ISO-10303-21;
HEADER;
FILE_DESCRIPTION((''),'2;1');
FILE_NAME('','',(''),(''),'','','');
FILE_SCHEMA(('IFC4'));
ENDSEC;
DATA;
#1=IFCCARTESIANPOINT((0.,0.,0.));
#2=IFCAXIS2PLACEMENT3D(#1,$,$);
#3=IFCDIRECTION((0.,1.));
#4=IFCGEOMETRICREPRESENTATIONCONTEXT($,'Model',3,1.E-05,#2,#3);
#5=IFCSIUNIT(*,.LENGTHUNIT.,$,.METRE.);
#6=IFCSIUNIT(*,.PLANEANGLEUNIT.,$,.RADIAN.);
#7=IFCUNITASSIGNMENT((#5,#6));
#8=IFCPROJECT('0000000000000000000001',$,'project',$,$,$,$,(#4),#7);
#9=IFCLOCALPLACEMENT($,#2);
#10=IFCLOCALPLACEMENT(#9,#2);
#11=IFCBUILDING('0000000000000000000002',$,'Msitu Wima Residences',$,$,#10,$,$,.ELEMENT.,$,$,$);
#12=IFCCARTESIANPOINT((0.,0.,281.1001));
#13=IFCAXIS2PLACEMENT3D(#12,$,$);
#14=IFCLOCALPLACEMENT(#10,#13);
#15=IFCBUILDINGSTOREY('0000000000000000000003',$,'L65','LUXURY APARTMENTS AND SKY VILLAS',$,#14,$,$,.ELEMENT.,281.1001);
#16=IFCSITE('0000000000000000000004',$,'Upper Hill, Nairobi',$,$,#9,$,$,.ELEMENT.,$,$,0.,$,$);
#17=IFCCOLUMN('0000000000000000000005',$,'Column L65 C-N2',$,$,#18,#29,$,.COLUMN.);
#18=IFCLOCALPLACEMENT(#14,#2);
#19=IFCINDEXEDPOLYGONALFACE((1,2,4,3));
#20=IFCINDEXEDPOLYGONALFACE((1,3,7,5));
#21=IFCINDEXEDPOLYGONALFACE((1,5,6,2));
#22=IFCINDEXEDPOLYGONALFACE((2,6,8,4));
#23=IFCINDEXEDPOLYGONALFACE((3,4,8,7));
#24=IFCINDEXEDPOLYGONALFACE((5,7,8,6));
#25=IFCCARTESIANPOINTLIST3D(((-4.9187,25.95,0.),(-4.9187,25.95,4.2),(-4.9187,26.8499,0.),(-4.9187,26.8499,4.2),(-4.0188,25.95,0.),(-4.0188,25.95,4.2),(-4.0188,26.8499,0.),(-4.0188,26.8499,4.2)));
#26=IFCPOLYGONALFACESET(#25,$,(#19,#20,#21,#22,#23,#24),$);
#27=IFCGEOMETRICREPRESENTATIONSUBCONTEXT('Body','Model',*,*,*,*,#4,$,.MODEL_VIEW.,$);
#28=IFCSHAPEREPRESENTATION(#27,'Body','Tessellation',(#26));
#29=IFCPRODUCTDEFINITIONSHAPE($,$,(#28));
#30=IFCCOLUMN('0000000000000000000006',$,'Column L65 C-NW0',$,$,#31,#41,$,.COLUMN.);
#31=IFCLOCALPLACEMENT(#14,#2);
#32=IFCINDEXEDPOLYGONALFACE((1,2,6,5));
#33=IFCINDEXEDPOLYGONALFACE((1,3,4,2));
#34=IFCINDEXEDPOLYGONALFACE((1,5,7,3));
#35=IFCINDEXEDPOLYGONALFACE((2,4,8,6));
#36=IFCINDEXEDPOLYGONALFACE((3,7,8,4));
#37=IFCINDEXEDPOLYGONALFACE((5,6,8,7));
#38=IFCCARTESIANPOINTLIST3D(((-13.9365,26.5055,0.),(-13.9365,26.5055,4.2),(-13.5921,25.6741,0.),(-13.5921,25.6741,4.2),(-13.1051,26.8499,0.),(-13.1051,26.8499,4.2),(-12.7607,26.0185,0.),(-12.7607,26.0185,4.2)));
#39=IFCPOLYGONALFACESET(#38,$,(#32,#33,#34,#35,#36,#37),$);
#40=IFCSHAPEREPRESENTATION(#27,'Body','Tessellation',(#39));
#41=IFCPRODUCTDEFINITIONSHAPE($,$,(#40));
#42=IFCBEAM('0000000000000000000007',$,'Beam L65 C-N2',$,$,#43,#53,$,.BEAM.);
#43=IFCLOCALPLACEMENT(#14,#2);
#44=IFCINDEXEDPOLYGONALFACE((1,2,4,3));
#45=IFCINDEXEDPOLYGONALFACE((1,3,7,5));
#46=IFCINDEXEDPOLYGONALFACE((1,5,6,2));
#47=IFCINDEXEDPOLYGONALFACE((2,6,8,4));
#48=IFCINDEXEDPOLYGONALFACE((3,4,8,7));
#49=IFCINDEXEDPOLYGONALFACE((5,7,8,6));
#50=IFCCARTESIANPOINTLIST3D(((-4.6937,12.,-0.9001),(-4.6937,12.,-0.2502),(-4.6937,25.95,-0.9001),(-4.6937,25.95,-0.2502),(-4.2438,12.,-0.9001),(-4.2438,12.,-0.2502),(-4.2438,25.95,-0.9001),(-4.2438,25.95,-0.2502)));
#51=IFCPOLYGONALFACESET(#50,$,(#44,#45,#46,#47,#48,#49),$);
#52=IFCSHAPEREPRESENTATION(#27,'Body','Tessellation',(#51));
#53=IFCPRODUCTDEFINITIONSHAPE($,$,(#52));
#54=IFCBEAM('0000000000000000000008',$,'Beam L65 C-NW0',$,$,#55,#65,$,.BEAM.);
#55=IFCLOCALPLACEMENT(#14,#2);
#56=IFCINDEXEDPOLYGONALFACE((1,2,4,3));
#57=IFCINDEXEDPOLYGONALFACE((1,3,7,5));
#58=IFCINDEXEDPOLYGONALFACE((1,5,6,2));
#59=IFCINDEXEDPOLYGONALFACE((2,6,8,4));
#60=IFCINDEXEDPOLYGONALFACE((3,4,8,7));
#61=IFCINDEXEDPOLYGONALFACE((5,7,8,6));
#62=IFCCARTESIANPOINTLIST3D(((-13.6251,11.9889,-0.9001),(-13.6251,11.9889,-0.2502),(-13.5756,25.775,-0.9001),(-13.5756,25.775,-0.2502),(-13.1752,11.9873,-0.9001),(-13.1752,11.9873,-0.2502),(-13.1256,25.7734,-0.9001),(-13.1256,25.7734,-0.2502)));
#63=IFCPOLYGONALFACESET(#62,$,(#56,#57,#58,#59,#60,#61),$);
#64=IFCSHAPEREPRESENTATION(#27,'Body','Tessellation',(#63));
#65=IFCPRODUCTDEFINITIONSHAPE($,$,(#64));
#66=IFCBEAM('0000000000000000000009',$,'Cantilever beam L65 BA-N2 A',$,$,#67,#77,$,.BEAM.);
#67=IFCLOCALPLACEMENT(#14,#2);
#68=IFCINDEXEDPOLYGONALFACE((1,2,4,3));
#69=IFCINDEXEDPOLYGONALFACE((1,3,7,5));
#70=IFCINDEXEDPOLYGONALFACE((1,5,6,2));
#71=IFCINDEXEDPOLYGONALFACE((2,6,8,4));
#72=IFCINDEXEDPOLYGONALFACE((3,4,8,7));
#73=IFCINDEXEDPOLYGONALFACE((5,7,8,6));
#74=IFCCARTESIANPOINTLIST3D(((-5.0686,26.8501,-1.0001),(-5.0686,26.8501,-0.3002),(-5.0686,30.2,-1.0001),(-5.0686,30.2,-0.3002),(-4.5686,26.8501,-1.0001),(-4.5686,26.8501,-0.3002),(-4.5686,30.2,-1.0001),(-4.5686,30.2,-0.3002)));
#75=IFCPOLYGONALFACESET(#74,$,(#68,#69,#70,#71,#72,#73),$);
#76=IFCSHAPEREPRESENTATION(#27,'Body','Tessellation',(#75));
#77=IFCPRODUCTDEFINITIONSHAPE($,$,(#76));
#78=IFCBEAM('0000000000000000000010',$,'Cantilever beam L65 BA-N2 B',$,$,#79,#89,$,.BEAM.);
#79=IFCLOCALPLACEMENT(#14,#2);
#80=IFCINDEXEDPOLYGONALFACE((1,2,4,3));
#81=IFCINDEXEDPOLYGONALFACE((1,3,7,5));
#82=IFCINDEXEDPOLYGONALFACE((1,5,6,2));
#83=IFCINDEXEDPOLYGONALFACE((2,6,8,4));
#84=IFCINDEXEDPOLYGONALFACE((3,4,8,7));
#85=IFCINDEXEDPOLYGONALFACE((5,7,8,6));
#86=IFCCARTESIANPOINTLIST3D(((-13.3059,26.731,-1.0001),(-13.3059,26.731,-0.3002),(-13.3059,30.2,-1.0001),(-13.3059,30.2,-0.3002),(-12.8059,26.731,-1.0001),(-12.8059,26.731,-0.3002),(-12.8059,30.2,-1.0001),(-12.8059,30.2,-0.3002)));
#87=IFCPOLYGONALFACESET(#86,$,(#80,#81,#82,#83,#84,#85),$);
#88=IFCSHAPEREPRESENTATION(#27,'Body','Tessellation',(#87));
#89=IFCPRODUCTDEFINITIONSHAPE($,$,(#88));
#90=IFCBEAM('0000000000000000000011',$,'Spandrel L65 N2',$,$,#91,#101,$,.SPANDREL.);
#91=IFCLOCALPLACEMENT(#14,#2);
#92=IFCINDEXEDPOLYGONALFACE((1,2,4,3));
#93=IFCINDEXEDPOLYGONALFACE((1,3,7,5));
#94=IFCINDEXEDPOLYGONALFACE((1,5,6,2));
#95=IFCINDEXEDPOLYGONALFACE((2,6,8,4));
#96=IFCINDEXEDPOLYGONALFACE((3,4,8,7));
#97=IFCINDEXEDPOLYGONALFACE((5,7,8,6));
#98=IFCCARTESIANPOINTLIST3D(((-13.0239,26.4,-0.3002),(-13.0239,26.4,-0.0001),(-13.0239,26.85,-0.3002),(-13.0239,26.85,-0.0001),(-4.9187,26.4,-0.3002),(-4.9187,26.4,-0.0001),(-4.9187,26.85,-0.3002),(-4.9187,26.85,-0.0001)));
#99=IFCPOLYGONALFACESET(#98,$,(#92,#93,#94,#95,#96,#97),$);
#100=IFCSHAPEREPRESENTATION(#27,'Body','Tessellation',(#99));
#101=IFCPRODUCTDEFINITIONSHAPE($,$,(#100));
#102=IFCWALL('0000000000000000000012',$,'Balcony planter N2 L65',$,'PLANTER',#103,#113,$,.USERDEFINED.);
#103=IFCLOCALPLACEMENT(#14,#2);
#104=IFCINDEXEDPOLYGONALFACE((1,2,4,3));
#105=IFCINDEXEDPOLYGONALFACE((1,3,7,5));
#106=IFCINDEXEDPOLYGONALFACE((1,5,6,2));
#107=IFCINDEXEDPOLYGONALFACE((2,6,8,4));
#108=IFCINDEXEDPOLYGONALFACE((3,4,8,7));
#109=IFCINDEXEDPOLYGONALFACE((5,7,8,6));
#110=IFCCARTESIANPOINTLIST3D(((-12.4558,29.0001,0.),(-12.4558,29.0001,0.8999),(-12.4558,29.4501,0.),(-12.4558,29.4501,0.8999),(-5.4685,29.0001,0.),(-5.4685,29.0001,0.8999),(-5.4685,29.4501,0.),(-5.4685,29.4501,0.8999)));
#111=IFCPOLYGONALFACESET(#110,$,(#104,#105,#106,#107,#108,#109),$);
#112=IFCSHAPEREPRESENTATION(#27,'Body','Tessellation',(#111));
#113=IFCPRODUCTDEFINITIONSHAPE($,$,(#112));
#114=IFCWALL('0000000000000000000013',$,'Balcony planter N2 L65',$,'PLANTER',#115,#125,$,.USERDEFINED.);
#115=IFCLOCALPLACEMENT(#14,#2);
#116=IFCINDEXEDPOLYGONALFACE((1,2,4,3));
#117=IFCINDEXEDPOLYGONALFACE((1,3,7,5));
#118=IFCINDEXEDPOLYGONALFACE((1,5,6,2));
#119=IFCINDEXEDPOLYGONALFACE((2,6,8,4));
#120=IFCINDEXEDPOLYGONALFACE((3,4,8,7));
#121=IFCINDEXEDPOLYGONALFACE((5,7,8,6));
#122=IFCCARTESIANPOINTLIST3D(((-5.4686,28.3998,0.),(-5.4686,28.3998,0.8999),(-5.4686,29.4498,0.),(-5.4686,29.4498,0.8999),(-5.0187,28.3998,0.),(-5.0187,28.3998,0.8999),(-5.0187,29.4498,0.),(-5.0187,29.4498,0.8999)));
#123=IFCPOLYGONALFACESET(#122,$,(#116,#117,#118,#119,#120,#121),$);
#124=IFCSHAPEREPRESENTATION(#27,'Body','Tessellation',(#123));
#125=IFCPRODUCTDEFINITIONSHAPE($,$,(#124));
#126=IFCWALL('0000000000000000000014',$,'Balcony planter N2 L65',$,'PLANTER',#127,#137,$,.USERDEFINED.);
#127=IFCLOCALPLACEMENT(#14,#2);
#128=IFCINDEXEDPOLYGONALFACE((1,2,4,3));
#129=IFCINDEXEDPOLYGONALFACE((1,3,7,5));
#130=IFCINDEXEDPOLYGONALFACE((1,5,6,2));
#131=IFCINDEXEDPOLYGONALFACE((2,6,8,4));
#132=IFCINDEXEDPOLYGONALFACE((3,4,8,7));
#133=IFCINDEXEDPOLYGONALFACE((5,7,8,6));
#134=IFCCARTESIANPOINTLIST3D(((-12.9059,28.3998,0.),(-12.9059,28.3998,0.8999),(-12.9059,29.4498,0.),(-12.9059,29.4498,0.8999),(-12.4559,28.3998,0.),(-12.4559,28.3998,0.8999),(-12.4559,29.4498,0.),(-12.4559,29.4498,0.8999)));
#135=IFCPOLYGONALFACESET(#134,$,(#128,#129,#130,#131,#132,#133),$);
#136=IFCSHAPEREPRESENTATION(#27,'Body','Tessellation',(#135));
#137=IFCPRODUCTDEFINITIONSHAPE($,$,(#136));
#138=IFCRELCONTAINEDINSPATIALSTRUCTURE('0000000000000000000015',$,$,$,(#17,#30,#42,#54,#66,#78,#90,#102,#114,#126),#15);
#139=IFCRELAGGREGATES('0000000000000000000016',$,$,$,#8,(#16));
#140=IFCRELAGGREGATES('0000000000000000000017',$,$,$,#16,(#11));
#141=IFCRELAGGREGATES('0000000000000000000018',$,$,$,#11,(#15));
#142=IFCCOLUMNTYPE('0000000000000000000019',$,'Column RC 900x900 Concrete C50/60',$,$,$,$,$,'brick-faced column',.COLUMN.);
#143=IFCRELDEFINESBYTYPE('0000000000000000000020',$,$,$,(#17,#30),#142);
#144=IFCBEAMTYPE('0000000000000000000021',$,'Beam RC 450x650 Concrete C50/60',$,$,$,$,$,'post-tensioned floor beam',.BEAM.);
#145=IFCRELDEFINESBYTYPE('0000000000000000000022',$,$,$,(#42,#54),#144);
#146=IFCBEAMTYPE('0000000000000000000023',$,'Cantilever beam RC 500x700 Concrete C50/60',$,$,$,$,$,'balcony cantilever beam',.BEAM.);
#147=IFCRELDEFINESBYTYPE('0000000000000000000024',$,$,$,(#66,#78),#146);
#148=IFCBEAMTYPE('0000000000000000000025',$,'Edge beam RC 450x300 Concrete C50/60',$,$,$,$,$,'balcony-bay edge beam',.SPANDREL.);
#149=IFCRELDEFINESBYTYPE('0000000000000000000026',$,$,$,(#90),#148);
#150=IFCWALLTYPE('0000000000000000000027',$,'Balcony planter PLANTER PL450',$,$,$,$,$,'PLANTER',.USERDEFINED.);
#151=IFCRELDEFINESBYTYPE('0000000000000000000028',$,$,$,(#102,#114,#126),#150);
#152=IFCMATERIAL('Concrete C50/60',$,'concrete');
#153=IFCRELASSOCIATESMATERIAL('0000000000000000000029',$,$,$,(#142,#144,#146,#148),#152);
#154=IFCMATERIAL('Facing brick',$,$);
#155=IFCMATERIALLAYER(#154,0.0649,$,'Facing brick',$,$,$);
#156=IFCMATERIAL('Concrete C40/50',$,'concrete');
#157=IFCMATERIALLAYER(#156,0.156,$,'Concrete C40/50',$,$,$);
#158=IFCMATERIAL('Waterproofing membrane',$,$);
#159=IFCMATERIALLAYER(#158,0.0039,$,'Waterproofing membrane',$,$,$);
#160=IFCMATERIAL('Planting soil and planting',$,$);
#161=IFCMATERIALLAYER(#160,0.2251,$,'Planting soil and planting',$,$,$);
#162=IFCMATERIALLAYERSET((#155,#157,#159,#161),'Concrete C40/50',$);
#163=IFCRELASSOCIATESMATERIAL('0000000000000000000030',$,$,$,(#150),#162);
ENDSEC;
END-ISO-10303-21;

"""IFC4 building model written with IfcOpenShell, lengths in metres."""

from ifc_helpers import new_model, si_unit, direction, frame, frame_2d, origin, origin_2d, place, context, subcontext, project, spatial, rectangle, extrude, material, layer, layer_set, material_profile, profile_set, type_object, element, save


model = new_model("IFC4")

# Units and contexts
model_context = context("Model", 3, precision=1e-05, world=origin(), true_north=direction((0.0, 1.0)))
body_context = subcontext(model_context, "Body", "Model", "MODEL_VIEW")
ifc_project = project(units=[si_unit("LENGTHUNIT", "METRE"), si_unit("PLANEANGLEUNIT", "RADIAN")], contexts=[model_context])

# Site, building, storey
site_placement = place(None, origin())
site = spatial("IfcSite", under=ifc_project, at=site_placement, Name="Upper Hill, Nairobi", CompositionType="ELEMENT", RefElevation=0.0)
building_placement = place(site_placement, origin())
building = spatial("IfcBuilding", under=site, at=building_placement, Name="Msitu Wima Residences", CompositionType="ELEMENT")
storey_placement = place(building_placement, frame((0.0, 0.0, 281.1001)))
storey = spatial("IfcBuildingStorey", under=building, at=storey_placement, Name="L65", Description="LUXURY APARTMENTS AND SKY VILLAS", CompositionType="ELEMENT", Elevation=281.1001)

# Columns
ifc_material_1 = material(Name="Concrete C50/60", Category="concrete")
ifc_material_profile_1 = material_profile(ifc_material_1, rectangle(XDim=0.8999, YDim=0.8999, at=origin_2d()), Name="RC 900x900")
ifc_profile_set_1 = profile_set([ifc_material_profile_1], Name="Concrete C50/60")
column_type = type_object("IfcColumnType", Name="Column RC 900x900 Concrete C50/60", ElementType="brick-faced column", PredefinedType="COLUMN", material=ifc_profile_set_1)
for number, where, z_axis, x_axis, name in (
    (1, (-4.4688, 26.3999, 0.0), (0.0, 0.0, 1.0), (-1.0, 0.0, 0.0), "Column L65 C-N2"),
    (2, (-13.3486, 26.262, 0.0), (0.0, 0.0, 1.0), (-0.92388, -0.382683, 0.0), "Column L65 C-NW0"),
):
    element("IfcColumn", number, at=place(storey_placement, frame(where, z_axis=z_axis, x_axis=x_axis)), inside=storey, type_object=column_type, Name=name, PredefinedType="COLUMN", context=body_context, shape_type="SweptSolid", body=[
        extrude(rectangle(XDim=0.8999, YDim=0.8999, at=origin_2d()), origin(), (0.0, 0.0, 1.0), 4.2),
    ])

# Beams
ifc_material_profile_2 = material_profile(ifc_material_1, rectangle(XDim=0.45, YDim=0.6499, at=origin_2d()), Name="RC 450x650")
ifc_profile_set_2 = profile_set([ifc_material_profile_2], Name="Concrete C50/60")
beam_type_1 = type_object("IfcBeamType", Name="Beam RC 450x650 Concrete C50/60", ElementType="post-tensioned floor beam", PredefinedType="BEAM", material=ifc_profile_set_2)
beam_1_placement = place(storey_placement, frame((-4.4688, 25.95, -0.5752), z_axis=(0.0, -1.0, 0.0), x_axis=(1.0, 0.0, 0.0)))
element("IfcBeam", 3, at=beam_1_placement, inside=storey, type_object=beam_type_1, Name="Beam L65 C-N2", PredefinedType="BEAM", context=body_context, shape_type="SweptSolid", body=[
    extrude(rectangle(XDim=0.45, YDim=0.6499, at=origin_2d()), origin(), (0.0, 0.0, 1.0), 13.95),
])
beam_2_placement = place(storey_placement, frame((-13.3506, 25.7742, -0.5752), z_axis=(-0.003595, -0.999994, 0.0), x_axis=(0.999994, -0.003595, 0.0)))
element("IfcBeam", 4, at=beam_2_placement, inside=storey, type_object=beam_type_1, Name="Beam L65 C-NW0", PredefinedType="BEAM", context=body_context, shape_type="SweptSolid", body=[
    extrude(rectangle(XDim=0.45, YDim=0.6499, at=origin_2d()), origin(), (0.0, 0.0, 1.0), 13.7861),
])
ifc_material_profile_3 = material_profile(ifc_material_1, rectangle(XDim=0.5, YDim=0.7, at=origin_2d()), Name="RC 500x700")
ifc_profile_set_3 = profile_set([ifc_material_profile_3], Name="Concrete C50/60")
beam_type_2 = type_object("IfcBeamType", Name="Cantilever beam RC 500x700 Concrete C50/60", ElementType="balcony cantilever beam", PredefinedType="BEAM", material=ifc_profile_set_3)
beam_3_placement = place(storey_placement, frame((-4.8186, 26.8501, -0.6501), z_axis=(0.0, 1.0, 0.0), x_axis=(-1.0, 0.0, 0.0)))
element("IfcBeam", 5, at=beam_3_placement, inside=storey, type_object=beam_type_2, Name="Cantilever beam L65 BA-N2 A", PredefinedType="BEAM", context=body_context, shape_type="SweptSolid", body=[
    extrude(rectangle(XDim=0.5, YDim=0.7, at=origin_2d()), origin(), (0.0, 0.0, 1.0), 3.3499),
])
beam_4_placement = place(storey_placement, frame((-13.0559, 26.731, -0.6501), z_axis=(0.0, 1.0, 0.0), x_axis=(-1.0, 0.0, 0.0)))
element("IfcBeam", 6, at=beam_4_placement, inside=storey, type_object=beam_type_2, Name="Cantilever beam L65 BA-N2 B", PredefinedType="BEAM", context=body_context, shape_type="SweptSolid", body=[
    extrude(rectangle(XDim=0.5, YDim=0.7, at=origin_2d()), origin(), (0.0, 0.0, 1.0), 3.469),
])
ifc_material_profile_4 = material_profile(ifc_material_1, rectangle(XDim=0.45, YDim=0.3, at=origin_2d()), Name="RC 450x300")
ifc_profile_set_4 = profile_set([ifc_material_profile_4], Name="Concrete C50/60")
beam_type_3 = type_object("IfcBeamType", Name="Edge beam RC 450x300 Concrete C50/60", ElementType="balcony-bay edge beam", PredefinedType="SPANDREL", material=ifc_profile_set_4)
beam_5_placement = place(storey_placement, frame((-4.9187, 26.625, -0.1501), z_axis=(-1.0, 0.0, 0.0), x_axis=(0.0, -1.0, 0.0)))
element("IfcBeam", 7, at=beam_5_placement, inside=storey, type_object=beam_type_3, Name="Spandrel L65 N2", PredefinedType="SPANDREL", context=body_context, shape_type="SweptSolid", body=[
    extrude(rectangle(XDim=0.45, YDim=0.3, at=origin_2d()), origin(), (0.0, 0.0, 1.0), 8.1052),
])

# Walls
ifc_material_2 = material(Name="Facing brick")
ifc_layer_1 = layer(ifc_material_2, 0.0649, Name="Facing brick")
ifc_material_3 = material(Name="Concrete C40/50", Category="concrete")
ifc_layer_2 = layer(ifc_material_3, 0.156, Name="Concrete C40/50")
ifc_material_4 = material(Name="Waterproofing membrane")
ifc_layer_3 = layer(ifc_material_4, 0.0039, Name="Waterproofing membrane")
ifc_material_5 = material(Name="Planting soil and planting")
ifc_layer_4 = layer(ifc_material_5, 0.2251, Name="Planting soil and planting")
ifc_layer_set_1 = layer_set([ifc_layer_1, ifc_layer_2, ifc_layer_3, ifc_layer_4], Name="Concrete C40/50")
wall_type_1 = type_object("IfcWallType", Name="Balcony planter PLANTER PL450", ElementType="PLANTER", PredefinedType="USERDEFINED", material=ifc_layer_set_1)
wall_1_placement = place(storey_placement, frame((-5.4685, 29.2251, 0.0), z_axis=(0.0, 0.0, 1.0), x_axis=(-1.0, 0.0, 0.0)))
element("IfcWall", 8, at=wall_1_placement, inside=storey, type_object=wall_type_1, Name="Balcony planter N2 L65", ObjectType="PLANTER", PredefinedType="USERDEFINED", context=body_context, shape_type="SweptSolid", body=[
    extrude(rectangle(XDim=6.9873, YDim=0.45, at=frame_2d((3.4937, 0.0))), origin(), (0.0, 0.0, 1.0), 0.8999),
])
for number, where, z_axis, x_axis, name in (
    (9, (-5.2437, 28.3999, 0.0), (0.0, 0.0, 1.0), (0.0, 1.0, 0.0), "Balcony planter N2 L65"),
    (10, (-12.6809, 28.3999, 0.0), (0.0, 0.0, 1.0), (0.0, 1.0, 0.0), "Balcony planter N2 L65"),
):
    element("IfcWall", number, at=place(storey_placement, frame(where, z_axis=z_axis, x_axis=x_axis)), inside=storey, type_object=wall_type_1, Name=name, ObjectType="PLANTER", PredefinedType="USERDEFINED", context=body_context, shape_type="SweptSolid", body=[
        extrude(rectangle(XDim=1.05, YDim=0.45, at=frame_2d((0.5249, 0.0))), origin(), (0.0, 0.0, 1.0), 0.8999),
    ])

save(model, "model.ifc")
